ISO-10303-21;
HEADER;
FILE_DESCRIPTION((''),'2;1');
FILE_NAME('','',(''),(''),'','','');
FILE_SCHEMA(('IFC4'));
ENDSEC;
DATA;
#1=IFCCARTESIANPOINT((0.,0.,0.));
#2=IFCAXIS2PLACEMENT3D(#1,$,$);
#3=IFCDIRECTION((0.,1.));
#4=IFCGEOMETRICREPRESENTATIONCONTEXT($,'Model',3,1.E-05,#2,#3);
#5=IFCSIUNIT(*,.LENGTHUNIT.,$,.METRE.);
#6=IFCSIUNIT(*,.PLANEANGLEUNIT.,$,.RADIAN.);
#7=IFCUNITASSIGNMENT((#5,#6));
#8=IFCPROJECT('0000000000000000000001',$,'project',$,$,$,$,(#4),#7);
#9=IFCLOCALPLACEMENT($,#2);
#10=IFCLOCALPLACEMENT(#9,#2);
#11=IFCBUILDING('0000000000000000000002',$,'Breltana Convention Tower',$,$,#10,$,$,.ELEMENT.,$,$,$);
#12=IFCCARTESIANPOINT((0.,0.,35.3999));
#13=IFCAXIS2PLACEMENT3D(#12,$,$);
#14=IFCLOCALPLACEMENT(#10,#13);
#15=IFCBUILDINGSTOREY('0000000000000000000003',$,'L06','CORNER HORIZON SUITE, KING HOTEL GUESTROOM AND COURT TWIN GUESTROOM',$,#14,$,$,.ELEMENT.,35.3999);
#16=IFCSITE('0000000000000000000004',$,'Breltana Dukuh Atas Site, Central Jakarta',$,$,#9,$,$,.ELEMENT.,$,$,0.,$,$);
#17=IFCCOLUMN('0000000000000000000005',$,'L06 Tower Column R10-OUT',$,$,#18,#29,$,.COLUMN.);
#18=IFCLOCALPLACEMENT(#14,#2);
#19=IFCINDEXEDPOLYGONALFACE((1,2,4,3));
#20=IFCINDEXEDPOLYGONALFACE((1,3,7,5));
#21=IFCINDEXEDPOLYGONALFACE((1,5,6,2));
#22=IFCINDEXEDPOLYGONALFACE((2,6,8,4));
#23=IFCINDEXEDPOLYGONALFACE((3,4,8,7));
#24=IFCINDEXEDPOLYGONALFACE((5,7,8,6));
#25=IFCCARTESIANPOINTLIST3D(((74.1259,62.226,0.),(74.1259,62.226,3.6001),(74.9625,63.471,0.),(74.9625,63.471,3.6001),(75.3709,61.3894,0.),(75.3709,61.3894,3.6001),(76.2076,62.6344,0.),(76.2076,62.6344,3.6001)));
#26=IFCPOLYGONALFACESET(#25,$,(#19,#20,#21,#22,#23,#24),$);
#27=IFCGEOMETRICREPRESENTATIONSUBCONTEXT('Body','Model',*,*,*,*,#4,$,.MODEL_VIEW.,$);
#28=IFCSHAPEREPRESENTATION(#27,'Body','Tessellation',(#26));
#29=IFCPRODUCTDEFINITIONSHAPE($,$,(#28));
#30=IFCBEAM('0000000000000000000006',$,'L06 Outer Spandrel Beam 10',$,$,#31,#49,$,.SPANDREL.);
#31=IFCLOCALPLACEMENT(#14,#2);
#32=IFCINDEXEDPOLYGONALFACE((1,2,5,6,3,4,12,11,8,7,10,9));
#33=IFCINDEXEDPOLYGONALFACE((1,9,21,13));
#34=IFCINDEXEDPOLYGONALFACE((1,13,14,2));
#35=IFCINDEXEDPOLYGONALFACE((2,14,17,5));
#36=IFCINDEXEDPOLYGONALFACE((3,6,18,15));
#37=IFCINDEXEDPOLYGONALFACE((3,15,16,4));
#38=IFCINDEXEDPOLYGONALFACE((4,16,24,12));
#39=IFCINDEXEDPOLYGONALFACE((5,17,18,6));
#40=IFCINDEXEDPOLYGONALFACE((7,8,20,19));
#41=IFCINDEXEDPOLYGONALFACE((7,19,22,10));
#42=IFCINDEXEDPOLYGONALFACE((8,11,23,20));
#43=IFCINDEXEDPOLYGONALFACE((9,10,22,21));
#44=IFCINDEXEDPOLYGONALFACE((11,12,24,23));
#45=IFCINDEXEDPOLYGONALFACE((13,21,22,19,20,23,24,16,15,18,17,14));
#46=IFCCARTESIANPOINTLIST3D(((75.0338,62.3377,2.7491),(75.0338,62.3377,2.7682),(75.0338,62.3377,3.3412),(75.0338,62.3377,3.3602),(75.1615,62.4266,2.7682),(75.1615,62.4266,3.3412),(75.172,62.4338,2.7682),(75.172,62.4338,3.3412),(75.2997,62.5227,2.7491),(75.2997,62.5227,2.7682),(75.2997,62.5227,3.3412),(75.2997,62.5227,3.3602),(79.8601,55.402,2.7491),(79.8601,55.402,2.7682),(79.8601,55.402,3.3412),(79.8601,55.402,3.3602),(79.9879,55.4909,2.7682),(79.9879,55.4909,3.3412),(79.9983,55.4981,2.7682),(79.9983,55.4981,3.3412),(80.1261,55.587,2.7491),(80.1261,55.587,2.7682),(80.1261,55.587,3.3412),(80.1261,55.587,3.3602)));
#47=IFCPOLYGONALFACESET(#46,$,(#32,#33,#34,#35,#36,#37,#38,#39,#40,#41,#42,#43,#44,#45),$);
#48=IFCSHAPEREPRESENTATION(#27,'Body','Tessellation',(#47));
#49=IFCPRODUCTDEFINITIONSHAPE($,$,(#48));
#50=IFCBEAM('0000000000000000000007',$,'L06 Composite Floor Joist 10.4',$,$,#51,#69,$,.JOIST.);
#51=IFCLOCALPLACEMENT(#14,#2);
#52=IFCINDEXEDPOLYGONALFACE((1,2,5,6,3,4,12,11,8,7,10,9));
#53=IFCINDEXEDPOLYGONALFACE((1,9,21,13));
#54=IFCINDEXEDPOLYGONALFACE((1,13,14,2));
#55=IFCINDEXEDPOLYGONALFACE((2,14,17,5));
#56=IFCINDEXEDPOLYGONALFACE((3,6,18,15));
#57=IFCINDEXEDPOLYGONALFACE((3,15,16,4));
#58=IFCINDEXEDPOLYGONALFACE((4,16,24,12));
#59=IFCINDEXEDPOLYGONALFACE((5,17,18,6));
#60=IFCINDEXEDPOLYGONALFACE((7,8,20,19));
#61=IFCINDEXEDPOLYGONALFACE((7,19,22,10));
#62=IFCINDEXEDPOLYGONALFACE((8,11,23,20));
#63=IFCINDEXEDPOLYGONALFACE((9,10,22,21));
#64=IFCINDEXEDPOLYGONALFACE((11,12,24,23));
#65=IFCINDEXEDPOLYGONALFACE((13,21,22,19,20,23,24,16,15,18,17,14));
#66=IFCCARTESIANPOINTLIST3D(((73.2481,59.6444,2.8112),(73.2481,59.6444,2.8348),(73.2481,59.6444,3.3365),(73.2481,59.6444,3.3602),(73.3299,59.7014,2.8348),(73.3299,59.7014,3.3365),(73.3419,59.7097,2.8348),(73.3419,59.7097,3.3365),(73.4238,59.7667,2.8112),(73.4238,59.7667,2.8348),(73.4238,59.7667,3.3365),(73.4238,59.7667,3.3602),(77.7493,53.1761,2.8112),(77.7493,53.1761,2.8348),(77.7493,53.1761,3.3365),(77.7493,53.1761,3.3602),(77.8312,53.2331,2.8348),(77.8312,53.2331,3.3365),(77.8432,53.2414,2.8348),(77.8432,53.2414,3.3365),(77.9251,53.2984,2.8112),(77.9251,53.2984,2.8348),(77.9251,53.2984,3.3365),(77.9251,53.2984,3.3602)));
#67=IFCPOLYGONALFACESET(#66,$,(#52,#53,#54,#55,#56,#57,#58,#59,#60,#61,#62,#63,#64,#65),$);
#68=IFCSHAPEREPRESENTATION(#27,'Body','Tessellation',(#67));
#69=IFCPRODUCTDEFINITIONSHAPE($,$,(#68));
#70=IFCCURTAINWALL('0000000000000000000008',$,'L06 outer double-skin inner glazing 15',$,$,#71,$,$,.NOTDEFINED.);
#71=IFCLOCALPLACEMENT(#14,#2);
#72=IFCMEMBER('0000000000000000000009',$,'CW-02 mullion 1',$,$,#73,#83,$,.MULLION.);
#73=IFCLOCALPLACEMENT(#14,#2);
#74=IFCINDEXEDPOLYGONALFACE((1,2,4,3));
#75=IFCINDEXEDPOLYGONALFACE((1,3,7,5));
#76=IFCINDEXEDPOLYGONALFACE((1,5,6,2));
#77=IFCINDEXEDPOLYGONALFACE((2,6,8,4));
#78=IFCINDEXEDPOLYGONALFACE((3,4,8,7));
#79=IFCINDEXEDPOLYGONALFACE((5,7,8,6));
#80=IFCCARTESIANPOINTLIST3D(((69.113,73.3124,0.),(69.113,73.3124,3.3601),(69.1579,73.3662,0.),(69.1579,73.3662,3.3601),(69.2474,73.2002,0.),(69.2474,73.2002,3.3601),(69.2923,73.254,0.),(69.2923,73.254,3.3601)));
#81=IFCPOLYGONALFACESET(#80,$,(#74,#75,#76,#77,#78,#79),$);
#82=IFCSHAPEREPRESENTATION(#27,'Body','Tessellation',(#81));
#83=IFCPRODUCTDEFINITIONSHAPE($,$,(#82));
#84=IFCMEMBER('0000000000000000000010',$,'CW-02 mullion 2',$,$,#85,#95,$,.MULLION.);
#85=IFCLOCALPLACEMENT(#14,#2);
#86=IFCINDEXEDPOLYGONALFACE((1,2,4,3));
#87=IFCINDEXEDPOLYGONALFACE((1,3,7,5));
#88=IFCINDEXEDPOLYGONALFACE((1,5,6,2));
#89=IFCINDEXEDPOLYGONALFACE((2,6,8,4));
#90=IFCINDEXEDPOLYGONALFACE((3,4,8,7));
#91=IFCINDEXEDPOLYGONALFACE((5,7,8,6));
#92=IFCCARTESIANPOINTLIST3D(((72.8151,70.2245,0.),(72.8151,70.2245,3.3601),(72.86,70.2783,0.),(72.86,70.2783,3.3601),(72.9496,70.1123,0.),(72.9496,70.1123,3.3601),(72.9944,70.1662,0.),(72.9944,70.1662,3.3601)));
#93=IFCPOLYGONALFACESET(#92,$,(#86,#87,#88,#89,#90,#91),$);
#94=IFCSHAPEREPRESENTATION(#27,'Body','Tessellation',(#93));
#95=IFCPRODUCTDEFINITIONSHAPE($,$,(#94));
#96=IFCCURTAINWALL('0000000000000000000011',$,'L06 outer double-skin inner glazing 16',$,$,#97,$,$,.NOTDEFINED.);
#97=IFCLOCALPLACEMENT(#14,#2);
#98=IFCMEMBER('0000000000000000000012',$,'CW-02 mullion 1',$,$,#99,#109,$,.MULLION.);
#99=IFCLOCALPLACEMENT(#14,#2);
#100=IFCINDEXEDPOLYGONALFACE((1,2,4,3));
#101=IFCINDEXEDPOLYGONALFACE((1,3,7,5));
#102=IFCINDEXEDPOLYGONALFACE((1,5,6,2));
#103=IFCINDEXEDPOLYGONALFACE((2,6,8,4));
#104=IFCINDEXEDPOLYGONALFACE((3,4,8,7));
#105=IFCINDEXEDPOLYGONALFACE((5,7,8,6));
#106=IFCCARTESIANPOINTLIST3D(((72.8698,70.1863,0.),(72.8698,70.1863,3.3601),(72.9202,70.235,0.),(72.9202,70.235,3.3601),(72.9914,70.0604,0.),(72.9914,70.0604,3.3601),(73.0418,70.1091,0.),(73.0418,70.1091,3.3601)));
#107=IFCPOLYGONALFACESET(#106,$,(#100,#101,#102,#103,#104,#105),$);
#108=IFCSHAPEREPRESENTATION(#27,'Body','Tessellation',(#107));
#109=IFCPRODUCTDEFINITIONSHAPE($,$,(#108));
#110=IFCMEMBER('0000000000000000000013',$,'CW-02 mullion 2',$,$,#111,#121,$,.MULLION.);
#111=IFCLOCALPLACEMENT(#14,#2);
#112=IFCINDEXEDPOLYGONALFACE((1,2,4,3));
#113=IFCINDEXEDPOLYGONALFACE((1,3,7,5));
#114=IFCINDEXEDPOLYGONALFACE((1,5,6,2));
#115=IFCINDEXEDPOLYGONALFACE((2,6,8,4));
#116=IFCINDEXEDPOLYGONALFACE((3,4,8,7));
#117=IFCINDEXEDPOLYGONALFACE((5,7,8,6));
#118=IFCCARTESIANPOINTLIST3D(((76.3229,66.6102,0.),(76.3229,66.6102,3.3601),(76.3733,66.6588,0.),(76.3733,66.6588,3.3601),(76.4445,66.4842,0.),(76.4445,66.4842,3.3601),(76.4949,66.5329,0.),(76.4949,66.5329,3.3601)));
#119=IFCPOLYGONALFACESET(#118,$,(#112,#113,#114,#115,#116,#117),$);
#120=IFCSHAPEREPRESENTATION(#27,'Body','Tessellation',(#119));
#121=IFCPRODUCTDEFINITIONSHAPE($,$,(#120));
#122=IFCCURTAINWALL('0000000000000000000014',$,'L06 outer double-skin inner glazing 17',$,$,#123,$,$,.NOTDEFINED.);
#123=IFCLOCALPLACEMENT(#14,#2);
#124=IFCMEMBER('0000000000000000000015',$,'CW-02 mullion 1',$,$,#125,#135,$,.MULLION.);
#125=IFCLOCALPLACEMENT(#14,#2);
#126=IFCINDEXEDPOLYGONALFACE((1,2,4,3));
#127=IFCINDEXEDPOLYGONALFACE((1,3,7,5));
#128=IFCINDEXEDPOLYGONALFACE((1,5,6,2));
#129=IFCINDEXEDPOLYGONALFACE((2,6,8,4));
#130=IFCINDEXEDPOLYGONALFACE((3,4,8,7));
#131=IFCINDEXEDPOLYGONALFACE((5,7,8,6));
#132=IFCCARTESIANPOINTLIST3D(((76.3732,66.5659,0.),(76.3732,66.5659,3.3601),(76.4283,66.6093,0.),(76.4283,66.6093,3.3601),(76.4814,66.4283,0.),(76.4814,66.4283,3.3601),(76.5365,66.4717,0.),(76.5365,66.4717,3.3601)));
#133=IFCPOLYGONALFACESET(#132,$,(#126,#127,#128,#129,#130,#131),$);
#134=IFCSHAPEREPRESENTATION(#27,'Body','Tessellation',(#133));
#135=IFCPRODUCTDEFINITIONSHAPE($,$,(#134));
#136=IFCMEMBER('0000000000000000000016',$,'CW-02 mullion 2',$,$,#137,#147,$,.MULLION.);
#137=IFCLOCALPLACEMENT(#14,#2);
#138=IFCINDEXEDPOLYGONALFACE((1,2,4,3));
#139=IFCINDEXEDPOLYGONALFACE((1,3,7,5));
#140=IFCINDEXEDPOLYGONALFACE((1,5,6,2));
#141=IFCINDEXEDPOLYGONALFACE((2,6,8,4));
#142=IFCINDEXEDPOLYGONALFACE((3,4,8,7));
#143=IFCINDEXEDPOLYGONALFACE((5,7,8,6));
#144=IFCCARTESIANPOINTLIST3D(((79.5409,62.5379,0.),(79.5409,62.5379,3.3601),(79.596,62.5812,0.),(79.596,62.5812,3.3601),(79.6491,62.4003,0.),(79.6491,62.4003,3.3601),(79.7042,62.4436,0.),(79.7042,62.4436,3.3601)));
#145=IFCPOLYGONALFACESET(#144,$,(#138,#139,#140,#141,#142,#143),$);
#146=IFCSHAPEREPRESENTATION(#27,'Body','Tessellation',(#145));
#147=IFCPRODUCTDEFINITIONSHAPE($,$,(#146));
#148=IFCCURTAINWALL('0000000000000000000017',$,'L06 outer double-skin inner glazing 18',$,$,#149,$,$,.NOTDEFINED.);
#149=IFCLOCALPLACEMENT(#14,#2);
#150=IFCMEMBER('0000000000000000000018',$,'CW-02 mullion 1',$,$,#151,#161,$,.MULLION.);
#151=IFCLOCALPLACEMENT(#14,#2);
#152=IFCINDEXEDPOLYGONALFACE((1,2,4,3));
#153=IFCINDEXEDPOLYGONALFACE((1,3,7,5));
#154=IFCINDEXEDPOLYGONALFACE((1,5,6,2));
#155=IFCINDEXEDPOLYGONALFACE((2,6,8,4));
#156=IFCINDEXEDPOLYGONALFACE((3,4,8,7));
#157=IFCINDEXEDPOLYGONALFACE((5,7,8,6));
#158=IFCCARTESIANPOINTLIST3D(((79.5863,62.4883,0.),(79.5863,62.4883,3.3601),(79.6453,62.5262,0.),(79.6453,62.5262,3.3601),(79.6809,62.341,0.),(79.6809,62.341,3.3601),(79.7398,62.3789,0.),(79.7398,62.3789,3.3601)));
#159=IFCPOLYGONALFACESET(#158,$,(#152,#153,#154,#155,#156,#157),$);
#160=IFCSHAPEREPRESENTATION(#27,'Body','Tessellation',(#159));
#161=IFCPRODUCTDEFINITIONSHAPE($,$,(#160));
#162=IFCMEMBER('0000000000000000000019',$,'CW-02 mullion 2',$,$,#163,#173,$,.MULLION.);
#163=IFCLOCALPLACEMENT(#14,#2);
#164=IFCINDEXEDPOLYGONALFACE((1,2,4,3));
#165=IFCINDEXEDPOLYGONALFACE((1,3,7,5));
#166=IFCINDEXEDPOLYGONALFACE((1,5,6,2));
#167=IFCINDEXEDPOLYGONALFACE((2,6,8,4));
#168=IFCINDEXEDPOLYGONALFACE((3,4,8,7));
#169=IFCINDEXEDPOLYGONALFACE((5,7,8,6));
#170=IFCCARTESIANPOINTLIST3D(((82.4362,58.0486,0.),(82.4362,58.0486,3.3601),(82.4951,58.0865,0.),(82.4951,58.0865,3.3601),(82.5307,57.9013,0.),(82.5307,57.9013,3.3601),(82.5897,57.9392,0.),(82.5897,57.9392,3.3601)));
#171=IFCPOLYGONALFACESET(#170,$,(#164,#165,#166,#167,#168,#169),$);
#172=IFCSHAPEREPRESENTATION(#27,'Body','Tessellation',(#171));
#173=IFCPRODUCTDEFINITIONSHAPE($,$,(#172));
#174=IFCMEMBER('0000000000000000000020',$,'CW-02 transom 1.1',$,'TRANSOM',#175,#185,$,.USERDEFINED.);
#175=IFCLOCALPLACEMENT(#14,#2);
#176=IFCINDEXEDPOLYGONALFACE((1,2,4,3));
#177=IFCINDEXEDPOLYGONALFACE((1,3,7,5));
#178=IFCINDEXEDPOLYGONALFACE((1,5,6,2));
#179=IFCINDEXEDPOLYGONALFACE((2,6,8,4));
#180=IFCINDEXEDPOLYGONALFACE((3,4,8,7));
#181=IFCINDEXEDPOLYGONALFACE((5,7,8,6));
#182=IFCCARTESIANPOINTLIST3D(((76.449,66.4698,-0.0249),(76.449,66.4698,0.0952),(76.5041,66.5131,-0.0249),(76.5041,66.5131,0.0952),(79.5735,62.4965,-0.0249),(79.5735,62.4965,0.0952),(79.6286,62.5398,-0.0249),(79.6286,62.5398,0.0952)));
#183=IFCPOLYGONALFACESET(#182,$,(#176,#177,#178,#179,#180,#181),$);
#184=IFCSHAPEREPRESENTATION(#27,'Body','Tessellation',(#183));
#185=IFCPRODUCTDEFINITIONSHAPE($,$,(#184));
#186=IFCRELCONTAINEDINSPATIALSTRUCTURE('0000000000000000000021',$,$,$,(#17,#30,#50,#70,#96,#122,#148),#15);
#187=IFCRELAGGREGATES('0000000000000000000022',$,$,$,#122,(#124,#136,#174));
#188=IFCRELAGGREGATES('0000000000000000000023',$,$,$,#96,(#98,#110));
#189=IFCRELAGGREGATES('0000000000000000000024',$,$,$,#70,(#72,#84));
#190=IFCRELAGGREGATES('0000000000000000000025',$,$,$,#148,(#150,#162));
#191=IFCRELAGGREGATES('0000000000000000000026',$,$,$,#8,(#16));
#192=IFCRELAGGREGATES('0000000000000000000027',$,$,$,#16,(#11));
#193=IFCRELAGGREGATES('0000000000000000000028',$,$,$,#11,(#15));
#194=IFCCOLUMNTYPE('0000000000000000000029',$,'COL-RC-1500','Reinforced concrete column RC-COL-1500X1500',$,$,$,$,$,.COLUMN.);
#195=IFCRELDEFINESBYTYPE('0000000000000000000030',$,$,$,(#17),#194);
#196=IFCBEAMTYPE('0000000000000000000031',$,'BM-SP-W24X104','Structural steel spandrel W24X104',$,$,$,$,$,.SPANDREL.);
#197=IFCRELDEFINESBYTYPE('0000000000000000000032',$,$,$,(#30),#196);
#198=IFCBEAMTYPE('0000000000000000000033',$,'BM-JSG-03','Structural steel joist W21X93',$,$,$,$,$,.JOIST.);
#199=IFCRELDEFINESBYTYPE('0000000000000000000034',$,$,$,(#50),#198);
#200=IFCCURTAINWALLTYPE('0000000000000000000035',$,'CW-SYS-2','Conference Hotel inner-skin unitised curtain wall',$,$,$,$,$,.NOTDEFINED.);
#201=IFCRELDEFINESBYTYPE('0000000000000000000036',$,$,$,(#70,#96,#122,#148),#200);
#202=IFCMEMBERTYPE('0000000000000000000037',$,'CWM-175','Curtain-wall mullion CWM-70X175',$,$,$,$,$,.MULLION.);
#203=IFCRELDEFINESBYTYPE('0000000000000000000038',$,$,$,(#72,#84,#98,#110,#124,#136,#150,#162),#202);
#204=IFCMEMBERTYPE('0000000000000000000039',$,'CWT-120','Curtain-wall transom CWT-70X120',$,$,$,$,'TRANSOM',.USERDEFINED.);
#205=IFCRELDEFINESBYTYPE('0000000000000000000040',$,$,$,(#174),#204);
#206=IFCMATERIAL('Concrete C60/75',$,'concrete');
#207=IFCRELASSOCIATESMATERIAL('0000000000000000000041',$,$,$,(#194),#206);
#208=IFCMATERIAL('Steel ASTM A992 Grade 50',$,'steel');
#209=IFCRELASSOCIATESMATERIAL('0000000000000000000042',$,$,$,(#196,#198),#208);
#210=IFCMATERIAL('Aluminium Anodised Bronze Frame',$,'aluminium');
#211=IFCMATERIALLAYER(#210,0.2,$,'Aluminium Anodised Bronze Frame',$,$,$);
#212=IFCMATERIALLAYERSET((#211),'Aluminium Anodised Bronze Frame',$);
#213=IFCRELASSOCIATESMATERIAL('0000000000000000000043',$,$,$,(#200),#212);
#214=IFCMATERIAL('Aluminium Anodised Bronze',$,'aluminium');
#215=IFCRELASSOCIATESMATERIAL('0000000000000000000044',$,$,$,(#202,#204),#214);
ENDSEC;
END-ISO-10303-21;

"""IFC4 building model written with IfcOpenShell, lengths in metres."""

from ifc_helpers import new_model, si_unit, direction, frame, origin, origin_2d, place, context, subcontext, project, spatial, rectangle, i_section, extrude, source, transform, mapped, material, layer, layer_set, material_profile, profile_set, type_object, type_shapes, element, aggregate, save


model = new_model("IFC4")

# Units and contexts
model_context = context("Model", 3, precision=1e-05, world=origin(), true_north=direction((0.0, 1.0)))
body_context = subcontext(model_context, "Body", "Model", "MODEL_VIEW")
ifc_project = project(units=[si_unit("LENGTHUNIT", "METRE"), si_unit("PLANEANGLEUNIT", "RADIAN")], contexts=[model_context])

# Site, building, storey
site_placement = place(None, origin())
site = spatial("IfcSite", under=ifc_project, at=site_placement, Name="Breltana Dukuh Atas Site, Central Jakarta", CompositionType="ELEMENT", RefElevation=0.0)
building_placement = place(site_placement, origin())
building = spatial("IfcBuilding", under=site, at=building_placement, Name="Breltana Convention Tower", CompositionType="ELEMENT")
storey_placement = place(building_placement, frame((0.0, 0.0, 35.3999)))
storey = spatial("IfcBuildingStorey", under=building, at=storey_placement, Name="L06", Description="CORNER HORIZON SUITE, KING HOTEL GUESTROOM AND COURT TWIN GUESTROOM", CompositionType="ELEMENT", Elevation=35.3999)

# Column
ifc_material_1 = material(Name="Concrete C60/75", Category="concrete")
ifc_material_profile_1 = material_profile(ifc_material_1, rectangle(XDim=1.5, YDim=1.5, at=origin_2d()), Name="RC-COL-1500X1500")
ifc_profile_set_1 = profile_set([ifc_material_profile_1], Name="Concrete C60/75")
column_type = type_object("IfcColumnType", Name="COL-RC-1500", Description="Reinforced concrete column RC-COL-1500X1500", PredefinedType="COLUMN", material=ifc_profile_set_1)
shared_shape_1 = source(origin(), body_context, "Body", "SweptSolid", [
    extrude(rectangle(XDim=1.5, YDim=1.5, at=origin_2d()), origin(), (0.0, 0.0, 1.0), 3.6001),
])
column_placement = place(storey_placement, frame((75.1667, 62.4302, 0.0), z_axis=(0.0, 0.0, 1.0), x_axis=(0.557745, 0.830012, 0.0)))
element("IfcColumn", 1, at=column_placement, inside=storey, type_object=column_type, Name="L06 Tower Column R10-OUT", PredefinedType="COLUMN", context=body_context, shape_type="MappedRepresentation", body=[
    mapped(shared_shape_1, transform((0.0, 0.0, 0.0), scale=1.0)),
])

# Beams
ifc_material_2 = material(Name="Steel ASTM A992 Grade 50", Category="steel")
ifc_material_profile_2 = material_profile(ifc_material_2, i_section(OverallWidth=0.324, OverallDepth=0.6111, WebThickness=0.0127, FlangeThickness=0.019, at=origin_2d()), Name="W24X104")
ifc_profile_set_2 = profile_set([ifc_material_profile_2], Name="Steel ASTM A992 Grade 50")
beam_type_1 = type_object("IfcBeamType", Name="BM-SP-W24X104", Description="Structural steel spandrel W24X104", PredefinedType="SPANDREL", material=ifc_profile_set_2)
shared_shape_2 = source(origin(), body_context, "Body", "SweptSolid", [
    extrude(i_section(OverallWidth=0.324, OverallDepth=0.6111, WebThickness=0.0127, FlangeThickness=0.019, at=origin_2d()), origin(), (0.0, 0.0, 1.0), 8.4497),
])
beam_1_placement = place(storey_placement, frame((75.1667, 62.4302, 3.0547), z_axis=(0.571186, -0.820821, 0.0), x_axis=(0.820821, 0.571186, 0.0)))
element("IfcBeam", 2, at=beam_1_placement, inside=storey, type_object=beam_type_1, Name="L06 Outer Spandrel Beam 10", PredefinedType="SPANDREL", context=body_context, shape_type="MappedRepresentation", body=[
    mapped(shared_shape_2, transform((0.0, 0.0, 0.0), scale=1.0)),
])
ifc_material_profile_3 = material_profile(ifc_material_2, i_section(OverallWidth=0.2141, OverallDepth=0.5491, WebThickness=0.0146, FlangeThickness=0.0237, at=origin_2d()), Name="W21X93")
ifc_profile_set_3 = profile_set([ifc_material_profile_3], Name="Steel ASTM A992 Grade 50")
beam_type_2 = type_object("IfcBeamType", Name="BM-JSG-03", Description="Structural steel joist W21X93", PredefinedType="JOIST", material=ifc_profile_set_3)
shared_shape_3 = source(origin(), body_context, "Body", "SweptSolid", [
    extrude(i_section(OverallWidth=0.2141, OverallDepth=0.5491, WebThickness=0.0146, FlangeThickness=0.0237, at=origin_2d()), origin(), (0.0, 0.0, 1.0), 7.8804),
])
beam_2_placement = place(storey_placement, frame((73.3359, 59.7056, 3.0857), z_axis=(0.571198, -0.820812, 0.0), x_axis=(0.820812, 0.571198, 0.0)))
element("IfcBeam", 3, at=beam_2_placement, inside=storey, type_object=beam_type_2, Name="L06 Composite Floor Joist 10.4", PredefinedType="JOIST", context=body_context, shape_type="MappedRepresentation", body=[
    mapped(shared_shape_3, transform((0.0, 0.0, 0.0), scale=1.0)),
])

# Curtain walls, members
ifc_material_3 = material(Name="Aluminium Anodised Bronze Frame", Category="aluminium")
ifc_layer_1 = layer(ifc_material_3, 0.2, Name="Aluminium Anodised Bronze Frame")
ifc_layer_set_1 = layer_set([ifc_layer_1], Name="Aluminium Anodised Bronze Frame")
curtain_wall_type = type_object("IfcCurtainWallType", Name="CW-SYS-2", Description="Conference Hotel inner-skin unitised curtain wall", PredefinedType="NOTDEFINED", material=ifc_layer_set_1)
curtain_wall_1_placement = place(storey_placement, origin())
curtain_wall_1 = element("IfcCurtainWall", 4, at=curtain_wall_1_placement, inside=storey, type_object=curtain_wall_type, Name="L06 outer double-skin inner glazing 15", PredefinedType="NOTDEFINED")
ifc_material_4 = material(Name="Aluminium Anodised Bronze", Category="aluminium")
ifc_material_profile_4 = material_profile(ifc_material_4, rectangle(XDim=0.0701, YDim=0.175, at=origin_2d()), Name="CWM-70X175")
ifc_profile_set_4 = profile_set([ifc_material_profile_4], Name="Aluminium Anodised Bronze")
member_type_1 = type_object("IfcMemberType", Name="CWM-175", Description="Curtain-wall mullion CWM-70X175", PredefinedType="MULLION", material=ifc_profile_set_4)
shared_shape_4 = source(origin(), body_context, "Body", "SweptSolid", [
    extrude(rectangle(XDim=0.0701, YDim=0.175, at=origin_2d()), origin(), (0.0, 0.0, 1.0), 3.3601),
])
type_shapes(member_type_1, [shared_shape_4])
member_1_placement = place(storey_placement, frame((69.2026, 73.2832, 0.0), z_axis=(0.0, 0.0, 1.0), x_axis=(0.64052, 0.767941, 0.0)))
member_1 = element("IfcMember", 5, at=member_1_placement, type_object=member_type_1, Name="CW-02 mullion 1", PredefinedType="MULLION", context=body_context, shape_type="MappedRepresentation", body=[
    mapped(shared_shape_4, transform((0.0, 0.0, 0.0), scale=1.0)),
])
member_2_placement = place(storey_placement, frame((72.9048, 70.1953, 0.0), z_axis=(0.0, 0.0, 1.0), x_axis=(0.64052, 0.767941, 0.0)))
member_2 = element("IfcMember", 6, at=member_2_placement, type_object=member_type_1, Name="CW-02 mullion 2", PredefinedType="MULLION", context=body_context, shape_type="MappedRepresentation", body=[
    mapped(shared_shape_4, transform((0.0, 0.0, 0.0), scale=1.0)),
])
curtain_wall_2_placement = place(storey_placement, origin())
curtain_wall_2 = element("IfcCurtainWall", 7, at=curtain_wall_2_placement, inside=storey, type_object=curtain_wall_type, Name="L06 outer double-skin inner glazing 16", PredefinedType="NOTDEFINED")
member_3_placement = place(storey_placement, frame((72.9558, 70.1477, 0.0), z_axis=(0.0, 0.0, 1.0), x_axis=(0.719386, 0.69461, 0.0)))
member_3 = element("IfcMember", 8, at=member_3_placement, type_object=member_type_1, Name="CW-02 mullion 1", PredefinedType="MULLION", context=body_context, shape_type="MappedRepresentation", body=[
    mapped(shared_shape_4, transform((0.0, 0.0, 0.0), scale=1.0)),
])
member_4_placement = place(storey_placement, frame((76.4089, 66.5715, 0.0), z_axis=(0.0, 0.0, 1.0), x_axis=(0.719386, 0.69461, 0.0)))
member_4 = element("IfcMember", 9, at=member_4_placement, type_object=member_type_1, Name="CW-02 mullion 2", PredefinedType="MULLION", context=body_context, shape_type="MappedRepresentation", body=[
    mapped(shared_shape_4, transform((0.0, 0.0, 0.0), scale=1.0)),
])
curtain_wall_3_placement = place(storey_placement, origin())
curtain_wall_3 = element("IfcCurtainWall", 10, at=curtain_wall_3_placement, inside=storey, type_object=curtain_wall_type, Name="L06 outer double-skin inner glazing 17", PredefinedType="NOTDEFINED")
member_5_placement = place(storey_placement, frame((76.4548, 66.5188, 0.0), z_axis=(0.0, 0.0, 1.0), x_axis=(0.786057, 0.618154, 0.0)))
member_5 = element("IfcMember", 11, at=member_5_placement, type_object=member_type_1, Name="CW-02 mullion 1", PredefinedType="MULLION", context=body_context, shape_type="MappedRepresentation", body=[
    mapped(shared_shape_4, transform((0.0, 0.0, 0.0), scale=1.0)),
])
member_6_placement = place(storey_placement, frame((79.6226, 62.4907, 0.0), z_axis=(0.0, 0.0, 1.0), x_axis=(0.786057, 0.618154, 0.0)))
member_6 = element("IfcMember", 12, at=member_6_placement, type_object=member_type_1, Name="CW-02 mullion 2", PredefinedType="MULLION", context=body_context, shape_type="MappedRepresentation", body=[
    mapped(shared_shape_4, transform((0.0, 0.0, 0.0), scale=1.0)),
])
curtain_wall_4_placement = place(storey_placement, origin())
curtain_wall_4 = element("IfcCurtainWall", 13, at=curtain_wall_4_placement, inside=storey, type_object=curtain_wall_type, Name="L06 outer double-skin inner glazing 18", PredefinedType="NOTDEFINED")
member_7_placement = place(storey_placement, frame((79.6631, 62.4336, 0.0), z_axis=(0.0, 0.0, 1.0), x_axis=(0.841549, 0.540181, 0.0)))
member_7 = element("IfcMember", 14, at=member_7_placement, type_object=member_type_1, Name="CW-02 mullion 1", PredefinedType="MULLION", context=body_context, shape_type="MappedRepresentation", body=[
    mapped(shared_shape_4, transform((0.0, 0.0, 0.0), scale=1.0)),
])
member_8_placement = place(storey_placement, frame((82.5129, 57.9939, 0.0), z_axis=(0.0, 0.0, 1.0), x_axis=(0.841549, 0.540181, 0.0)))
member_8 = element("IfcMember", 15, at=member_8_placement, type_object=member_type_1, Name="CW-02 mullion 2", PredefinedType="MULLION", context=body_context, shape_type="MappedRepresentation", body=[
    mapped(shared_shape_4, transform((0.0, 0.0, 0.0), scale=1.0)),
])

# Member
ifc_material_profile_5 = material_profile(ifc_material_4, rectangle(XDim=0.0701, YDim=0.1201, at=origin_2d()), Name="CWT-70X120")
ifc_profile_set_5 = profile_set([ifc_material_profile_5], Name="Aluminium Anodised Bronze")
member_type_2 = type_object("IfcMemberType", Name="CWT-120", Description="Curtain-wall transom CWT-70X120", ElementType="TRANSOM", PredefinedType="USERDEFINED", material=ifc_profile_set_5)
shared_shape_5 = source(origin(), body_context, "Body", "SweptSolid", [
    extrude(rectangle(XDim=0.0701, YDim=0.1201, at=origin_2d()), origin(), (0.0, 0.0, 1.0), 5.0547),
])
member_9_placement = place(storey_placement, frame((76.4766, 66.4915, 0.0352), z_axis=(0.618135, -0.786072, 0.0), x_axis=(0.786072, 0.618135, 0.0)))
member_9 = element("IfcMember", 16, at=member_9_placement, type_object=member_type_2, Name="CW-02 transom 1.1", ObjectType="TRANSOM", PredefinedType="USERDEFINED", context=body_context, shape_type="MappedRepresentation", body=[
    mapped(shared_shape_5, transform((0.0, 0.0, 0.0), scale=1.0)),
])

aggregate(curtain_wall_3, [member_5, member_6, member_9])
aggregate(curtain_wall_2, [member_3, member_4])
aggregate(curtain_wall_1, [member_1, member_2])
aggregate(curtain_wall_4, [member_7, member_8])

save(model, "model.ifc")
